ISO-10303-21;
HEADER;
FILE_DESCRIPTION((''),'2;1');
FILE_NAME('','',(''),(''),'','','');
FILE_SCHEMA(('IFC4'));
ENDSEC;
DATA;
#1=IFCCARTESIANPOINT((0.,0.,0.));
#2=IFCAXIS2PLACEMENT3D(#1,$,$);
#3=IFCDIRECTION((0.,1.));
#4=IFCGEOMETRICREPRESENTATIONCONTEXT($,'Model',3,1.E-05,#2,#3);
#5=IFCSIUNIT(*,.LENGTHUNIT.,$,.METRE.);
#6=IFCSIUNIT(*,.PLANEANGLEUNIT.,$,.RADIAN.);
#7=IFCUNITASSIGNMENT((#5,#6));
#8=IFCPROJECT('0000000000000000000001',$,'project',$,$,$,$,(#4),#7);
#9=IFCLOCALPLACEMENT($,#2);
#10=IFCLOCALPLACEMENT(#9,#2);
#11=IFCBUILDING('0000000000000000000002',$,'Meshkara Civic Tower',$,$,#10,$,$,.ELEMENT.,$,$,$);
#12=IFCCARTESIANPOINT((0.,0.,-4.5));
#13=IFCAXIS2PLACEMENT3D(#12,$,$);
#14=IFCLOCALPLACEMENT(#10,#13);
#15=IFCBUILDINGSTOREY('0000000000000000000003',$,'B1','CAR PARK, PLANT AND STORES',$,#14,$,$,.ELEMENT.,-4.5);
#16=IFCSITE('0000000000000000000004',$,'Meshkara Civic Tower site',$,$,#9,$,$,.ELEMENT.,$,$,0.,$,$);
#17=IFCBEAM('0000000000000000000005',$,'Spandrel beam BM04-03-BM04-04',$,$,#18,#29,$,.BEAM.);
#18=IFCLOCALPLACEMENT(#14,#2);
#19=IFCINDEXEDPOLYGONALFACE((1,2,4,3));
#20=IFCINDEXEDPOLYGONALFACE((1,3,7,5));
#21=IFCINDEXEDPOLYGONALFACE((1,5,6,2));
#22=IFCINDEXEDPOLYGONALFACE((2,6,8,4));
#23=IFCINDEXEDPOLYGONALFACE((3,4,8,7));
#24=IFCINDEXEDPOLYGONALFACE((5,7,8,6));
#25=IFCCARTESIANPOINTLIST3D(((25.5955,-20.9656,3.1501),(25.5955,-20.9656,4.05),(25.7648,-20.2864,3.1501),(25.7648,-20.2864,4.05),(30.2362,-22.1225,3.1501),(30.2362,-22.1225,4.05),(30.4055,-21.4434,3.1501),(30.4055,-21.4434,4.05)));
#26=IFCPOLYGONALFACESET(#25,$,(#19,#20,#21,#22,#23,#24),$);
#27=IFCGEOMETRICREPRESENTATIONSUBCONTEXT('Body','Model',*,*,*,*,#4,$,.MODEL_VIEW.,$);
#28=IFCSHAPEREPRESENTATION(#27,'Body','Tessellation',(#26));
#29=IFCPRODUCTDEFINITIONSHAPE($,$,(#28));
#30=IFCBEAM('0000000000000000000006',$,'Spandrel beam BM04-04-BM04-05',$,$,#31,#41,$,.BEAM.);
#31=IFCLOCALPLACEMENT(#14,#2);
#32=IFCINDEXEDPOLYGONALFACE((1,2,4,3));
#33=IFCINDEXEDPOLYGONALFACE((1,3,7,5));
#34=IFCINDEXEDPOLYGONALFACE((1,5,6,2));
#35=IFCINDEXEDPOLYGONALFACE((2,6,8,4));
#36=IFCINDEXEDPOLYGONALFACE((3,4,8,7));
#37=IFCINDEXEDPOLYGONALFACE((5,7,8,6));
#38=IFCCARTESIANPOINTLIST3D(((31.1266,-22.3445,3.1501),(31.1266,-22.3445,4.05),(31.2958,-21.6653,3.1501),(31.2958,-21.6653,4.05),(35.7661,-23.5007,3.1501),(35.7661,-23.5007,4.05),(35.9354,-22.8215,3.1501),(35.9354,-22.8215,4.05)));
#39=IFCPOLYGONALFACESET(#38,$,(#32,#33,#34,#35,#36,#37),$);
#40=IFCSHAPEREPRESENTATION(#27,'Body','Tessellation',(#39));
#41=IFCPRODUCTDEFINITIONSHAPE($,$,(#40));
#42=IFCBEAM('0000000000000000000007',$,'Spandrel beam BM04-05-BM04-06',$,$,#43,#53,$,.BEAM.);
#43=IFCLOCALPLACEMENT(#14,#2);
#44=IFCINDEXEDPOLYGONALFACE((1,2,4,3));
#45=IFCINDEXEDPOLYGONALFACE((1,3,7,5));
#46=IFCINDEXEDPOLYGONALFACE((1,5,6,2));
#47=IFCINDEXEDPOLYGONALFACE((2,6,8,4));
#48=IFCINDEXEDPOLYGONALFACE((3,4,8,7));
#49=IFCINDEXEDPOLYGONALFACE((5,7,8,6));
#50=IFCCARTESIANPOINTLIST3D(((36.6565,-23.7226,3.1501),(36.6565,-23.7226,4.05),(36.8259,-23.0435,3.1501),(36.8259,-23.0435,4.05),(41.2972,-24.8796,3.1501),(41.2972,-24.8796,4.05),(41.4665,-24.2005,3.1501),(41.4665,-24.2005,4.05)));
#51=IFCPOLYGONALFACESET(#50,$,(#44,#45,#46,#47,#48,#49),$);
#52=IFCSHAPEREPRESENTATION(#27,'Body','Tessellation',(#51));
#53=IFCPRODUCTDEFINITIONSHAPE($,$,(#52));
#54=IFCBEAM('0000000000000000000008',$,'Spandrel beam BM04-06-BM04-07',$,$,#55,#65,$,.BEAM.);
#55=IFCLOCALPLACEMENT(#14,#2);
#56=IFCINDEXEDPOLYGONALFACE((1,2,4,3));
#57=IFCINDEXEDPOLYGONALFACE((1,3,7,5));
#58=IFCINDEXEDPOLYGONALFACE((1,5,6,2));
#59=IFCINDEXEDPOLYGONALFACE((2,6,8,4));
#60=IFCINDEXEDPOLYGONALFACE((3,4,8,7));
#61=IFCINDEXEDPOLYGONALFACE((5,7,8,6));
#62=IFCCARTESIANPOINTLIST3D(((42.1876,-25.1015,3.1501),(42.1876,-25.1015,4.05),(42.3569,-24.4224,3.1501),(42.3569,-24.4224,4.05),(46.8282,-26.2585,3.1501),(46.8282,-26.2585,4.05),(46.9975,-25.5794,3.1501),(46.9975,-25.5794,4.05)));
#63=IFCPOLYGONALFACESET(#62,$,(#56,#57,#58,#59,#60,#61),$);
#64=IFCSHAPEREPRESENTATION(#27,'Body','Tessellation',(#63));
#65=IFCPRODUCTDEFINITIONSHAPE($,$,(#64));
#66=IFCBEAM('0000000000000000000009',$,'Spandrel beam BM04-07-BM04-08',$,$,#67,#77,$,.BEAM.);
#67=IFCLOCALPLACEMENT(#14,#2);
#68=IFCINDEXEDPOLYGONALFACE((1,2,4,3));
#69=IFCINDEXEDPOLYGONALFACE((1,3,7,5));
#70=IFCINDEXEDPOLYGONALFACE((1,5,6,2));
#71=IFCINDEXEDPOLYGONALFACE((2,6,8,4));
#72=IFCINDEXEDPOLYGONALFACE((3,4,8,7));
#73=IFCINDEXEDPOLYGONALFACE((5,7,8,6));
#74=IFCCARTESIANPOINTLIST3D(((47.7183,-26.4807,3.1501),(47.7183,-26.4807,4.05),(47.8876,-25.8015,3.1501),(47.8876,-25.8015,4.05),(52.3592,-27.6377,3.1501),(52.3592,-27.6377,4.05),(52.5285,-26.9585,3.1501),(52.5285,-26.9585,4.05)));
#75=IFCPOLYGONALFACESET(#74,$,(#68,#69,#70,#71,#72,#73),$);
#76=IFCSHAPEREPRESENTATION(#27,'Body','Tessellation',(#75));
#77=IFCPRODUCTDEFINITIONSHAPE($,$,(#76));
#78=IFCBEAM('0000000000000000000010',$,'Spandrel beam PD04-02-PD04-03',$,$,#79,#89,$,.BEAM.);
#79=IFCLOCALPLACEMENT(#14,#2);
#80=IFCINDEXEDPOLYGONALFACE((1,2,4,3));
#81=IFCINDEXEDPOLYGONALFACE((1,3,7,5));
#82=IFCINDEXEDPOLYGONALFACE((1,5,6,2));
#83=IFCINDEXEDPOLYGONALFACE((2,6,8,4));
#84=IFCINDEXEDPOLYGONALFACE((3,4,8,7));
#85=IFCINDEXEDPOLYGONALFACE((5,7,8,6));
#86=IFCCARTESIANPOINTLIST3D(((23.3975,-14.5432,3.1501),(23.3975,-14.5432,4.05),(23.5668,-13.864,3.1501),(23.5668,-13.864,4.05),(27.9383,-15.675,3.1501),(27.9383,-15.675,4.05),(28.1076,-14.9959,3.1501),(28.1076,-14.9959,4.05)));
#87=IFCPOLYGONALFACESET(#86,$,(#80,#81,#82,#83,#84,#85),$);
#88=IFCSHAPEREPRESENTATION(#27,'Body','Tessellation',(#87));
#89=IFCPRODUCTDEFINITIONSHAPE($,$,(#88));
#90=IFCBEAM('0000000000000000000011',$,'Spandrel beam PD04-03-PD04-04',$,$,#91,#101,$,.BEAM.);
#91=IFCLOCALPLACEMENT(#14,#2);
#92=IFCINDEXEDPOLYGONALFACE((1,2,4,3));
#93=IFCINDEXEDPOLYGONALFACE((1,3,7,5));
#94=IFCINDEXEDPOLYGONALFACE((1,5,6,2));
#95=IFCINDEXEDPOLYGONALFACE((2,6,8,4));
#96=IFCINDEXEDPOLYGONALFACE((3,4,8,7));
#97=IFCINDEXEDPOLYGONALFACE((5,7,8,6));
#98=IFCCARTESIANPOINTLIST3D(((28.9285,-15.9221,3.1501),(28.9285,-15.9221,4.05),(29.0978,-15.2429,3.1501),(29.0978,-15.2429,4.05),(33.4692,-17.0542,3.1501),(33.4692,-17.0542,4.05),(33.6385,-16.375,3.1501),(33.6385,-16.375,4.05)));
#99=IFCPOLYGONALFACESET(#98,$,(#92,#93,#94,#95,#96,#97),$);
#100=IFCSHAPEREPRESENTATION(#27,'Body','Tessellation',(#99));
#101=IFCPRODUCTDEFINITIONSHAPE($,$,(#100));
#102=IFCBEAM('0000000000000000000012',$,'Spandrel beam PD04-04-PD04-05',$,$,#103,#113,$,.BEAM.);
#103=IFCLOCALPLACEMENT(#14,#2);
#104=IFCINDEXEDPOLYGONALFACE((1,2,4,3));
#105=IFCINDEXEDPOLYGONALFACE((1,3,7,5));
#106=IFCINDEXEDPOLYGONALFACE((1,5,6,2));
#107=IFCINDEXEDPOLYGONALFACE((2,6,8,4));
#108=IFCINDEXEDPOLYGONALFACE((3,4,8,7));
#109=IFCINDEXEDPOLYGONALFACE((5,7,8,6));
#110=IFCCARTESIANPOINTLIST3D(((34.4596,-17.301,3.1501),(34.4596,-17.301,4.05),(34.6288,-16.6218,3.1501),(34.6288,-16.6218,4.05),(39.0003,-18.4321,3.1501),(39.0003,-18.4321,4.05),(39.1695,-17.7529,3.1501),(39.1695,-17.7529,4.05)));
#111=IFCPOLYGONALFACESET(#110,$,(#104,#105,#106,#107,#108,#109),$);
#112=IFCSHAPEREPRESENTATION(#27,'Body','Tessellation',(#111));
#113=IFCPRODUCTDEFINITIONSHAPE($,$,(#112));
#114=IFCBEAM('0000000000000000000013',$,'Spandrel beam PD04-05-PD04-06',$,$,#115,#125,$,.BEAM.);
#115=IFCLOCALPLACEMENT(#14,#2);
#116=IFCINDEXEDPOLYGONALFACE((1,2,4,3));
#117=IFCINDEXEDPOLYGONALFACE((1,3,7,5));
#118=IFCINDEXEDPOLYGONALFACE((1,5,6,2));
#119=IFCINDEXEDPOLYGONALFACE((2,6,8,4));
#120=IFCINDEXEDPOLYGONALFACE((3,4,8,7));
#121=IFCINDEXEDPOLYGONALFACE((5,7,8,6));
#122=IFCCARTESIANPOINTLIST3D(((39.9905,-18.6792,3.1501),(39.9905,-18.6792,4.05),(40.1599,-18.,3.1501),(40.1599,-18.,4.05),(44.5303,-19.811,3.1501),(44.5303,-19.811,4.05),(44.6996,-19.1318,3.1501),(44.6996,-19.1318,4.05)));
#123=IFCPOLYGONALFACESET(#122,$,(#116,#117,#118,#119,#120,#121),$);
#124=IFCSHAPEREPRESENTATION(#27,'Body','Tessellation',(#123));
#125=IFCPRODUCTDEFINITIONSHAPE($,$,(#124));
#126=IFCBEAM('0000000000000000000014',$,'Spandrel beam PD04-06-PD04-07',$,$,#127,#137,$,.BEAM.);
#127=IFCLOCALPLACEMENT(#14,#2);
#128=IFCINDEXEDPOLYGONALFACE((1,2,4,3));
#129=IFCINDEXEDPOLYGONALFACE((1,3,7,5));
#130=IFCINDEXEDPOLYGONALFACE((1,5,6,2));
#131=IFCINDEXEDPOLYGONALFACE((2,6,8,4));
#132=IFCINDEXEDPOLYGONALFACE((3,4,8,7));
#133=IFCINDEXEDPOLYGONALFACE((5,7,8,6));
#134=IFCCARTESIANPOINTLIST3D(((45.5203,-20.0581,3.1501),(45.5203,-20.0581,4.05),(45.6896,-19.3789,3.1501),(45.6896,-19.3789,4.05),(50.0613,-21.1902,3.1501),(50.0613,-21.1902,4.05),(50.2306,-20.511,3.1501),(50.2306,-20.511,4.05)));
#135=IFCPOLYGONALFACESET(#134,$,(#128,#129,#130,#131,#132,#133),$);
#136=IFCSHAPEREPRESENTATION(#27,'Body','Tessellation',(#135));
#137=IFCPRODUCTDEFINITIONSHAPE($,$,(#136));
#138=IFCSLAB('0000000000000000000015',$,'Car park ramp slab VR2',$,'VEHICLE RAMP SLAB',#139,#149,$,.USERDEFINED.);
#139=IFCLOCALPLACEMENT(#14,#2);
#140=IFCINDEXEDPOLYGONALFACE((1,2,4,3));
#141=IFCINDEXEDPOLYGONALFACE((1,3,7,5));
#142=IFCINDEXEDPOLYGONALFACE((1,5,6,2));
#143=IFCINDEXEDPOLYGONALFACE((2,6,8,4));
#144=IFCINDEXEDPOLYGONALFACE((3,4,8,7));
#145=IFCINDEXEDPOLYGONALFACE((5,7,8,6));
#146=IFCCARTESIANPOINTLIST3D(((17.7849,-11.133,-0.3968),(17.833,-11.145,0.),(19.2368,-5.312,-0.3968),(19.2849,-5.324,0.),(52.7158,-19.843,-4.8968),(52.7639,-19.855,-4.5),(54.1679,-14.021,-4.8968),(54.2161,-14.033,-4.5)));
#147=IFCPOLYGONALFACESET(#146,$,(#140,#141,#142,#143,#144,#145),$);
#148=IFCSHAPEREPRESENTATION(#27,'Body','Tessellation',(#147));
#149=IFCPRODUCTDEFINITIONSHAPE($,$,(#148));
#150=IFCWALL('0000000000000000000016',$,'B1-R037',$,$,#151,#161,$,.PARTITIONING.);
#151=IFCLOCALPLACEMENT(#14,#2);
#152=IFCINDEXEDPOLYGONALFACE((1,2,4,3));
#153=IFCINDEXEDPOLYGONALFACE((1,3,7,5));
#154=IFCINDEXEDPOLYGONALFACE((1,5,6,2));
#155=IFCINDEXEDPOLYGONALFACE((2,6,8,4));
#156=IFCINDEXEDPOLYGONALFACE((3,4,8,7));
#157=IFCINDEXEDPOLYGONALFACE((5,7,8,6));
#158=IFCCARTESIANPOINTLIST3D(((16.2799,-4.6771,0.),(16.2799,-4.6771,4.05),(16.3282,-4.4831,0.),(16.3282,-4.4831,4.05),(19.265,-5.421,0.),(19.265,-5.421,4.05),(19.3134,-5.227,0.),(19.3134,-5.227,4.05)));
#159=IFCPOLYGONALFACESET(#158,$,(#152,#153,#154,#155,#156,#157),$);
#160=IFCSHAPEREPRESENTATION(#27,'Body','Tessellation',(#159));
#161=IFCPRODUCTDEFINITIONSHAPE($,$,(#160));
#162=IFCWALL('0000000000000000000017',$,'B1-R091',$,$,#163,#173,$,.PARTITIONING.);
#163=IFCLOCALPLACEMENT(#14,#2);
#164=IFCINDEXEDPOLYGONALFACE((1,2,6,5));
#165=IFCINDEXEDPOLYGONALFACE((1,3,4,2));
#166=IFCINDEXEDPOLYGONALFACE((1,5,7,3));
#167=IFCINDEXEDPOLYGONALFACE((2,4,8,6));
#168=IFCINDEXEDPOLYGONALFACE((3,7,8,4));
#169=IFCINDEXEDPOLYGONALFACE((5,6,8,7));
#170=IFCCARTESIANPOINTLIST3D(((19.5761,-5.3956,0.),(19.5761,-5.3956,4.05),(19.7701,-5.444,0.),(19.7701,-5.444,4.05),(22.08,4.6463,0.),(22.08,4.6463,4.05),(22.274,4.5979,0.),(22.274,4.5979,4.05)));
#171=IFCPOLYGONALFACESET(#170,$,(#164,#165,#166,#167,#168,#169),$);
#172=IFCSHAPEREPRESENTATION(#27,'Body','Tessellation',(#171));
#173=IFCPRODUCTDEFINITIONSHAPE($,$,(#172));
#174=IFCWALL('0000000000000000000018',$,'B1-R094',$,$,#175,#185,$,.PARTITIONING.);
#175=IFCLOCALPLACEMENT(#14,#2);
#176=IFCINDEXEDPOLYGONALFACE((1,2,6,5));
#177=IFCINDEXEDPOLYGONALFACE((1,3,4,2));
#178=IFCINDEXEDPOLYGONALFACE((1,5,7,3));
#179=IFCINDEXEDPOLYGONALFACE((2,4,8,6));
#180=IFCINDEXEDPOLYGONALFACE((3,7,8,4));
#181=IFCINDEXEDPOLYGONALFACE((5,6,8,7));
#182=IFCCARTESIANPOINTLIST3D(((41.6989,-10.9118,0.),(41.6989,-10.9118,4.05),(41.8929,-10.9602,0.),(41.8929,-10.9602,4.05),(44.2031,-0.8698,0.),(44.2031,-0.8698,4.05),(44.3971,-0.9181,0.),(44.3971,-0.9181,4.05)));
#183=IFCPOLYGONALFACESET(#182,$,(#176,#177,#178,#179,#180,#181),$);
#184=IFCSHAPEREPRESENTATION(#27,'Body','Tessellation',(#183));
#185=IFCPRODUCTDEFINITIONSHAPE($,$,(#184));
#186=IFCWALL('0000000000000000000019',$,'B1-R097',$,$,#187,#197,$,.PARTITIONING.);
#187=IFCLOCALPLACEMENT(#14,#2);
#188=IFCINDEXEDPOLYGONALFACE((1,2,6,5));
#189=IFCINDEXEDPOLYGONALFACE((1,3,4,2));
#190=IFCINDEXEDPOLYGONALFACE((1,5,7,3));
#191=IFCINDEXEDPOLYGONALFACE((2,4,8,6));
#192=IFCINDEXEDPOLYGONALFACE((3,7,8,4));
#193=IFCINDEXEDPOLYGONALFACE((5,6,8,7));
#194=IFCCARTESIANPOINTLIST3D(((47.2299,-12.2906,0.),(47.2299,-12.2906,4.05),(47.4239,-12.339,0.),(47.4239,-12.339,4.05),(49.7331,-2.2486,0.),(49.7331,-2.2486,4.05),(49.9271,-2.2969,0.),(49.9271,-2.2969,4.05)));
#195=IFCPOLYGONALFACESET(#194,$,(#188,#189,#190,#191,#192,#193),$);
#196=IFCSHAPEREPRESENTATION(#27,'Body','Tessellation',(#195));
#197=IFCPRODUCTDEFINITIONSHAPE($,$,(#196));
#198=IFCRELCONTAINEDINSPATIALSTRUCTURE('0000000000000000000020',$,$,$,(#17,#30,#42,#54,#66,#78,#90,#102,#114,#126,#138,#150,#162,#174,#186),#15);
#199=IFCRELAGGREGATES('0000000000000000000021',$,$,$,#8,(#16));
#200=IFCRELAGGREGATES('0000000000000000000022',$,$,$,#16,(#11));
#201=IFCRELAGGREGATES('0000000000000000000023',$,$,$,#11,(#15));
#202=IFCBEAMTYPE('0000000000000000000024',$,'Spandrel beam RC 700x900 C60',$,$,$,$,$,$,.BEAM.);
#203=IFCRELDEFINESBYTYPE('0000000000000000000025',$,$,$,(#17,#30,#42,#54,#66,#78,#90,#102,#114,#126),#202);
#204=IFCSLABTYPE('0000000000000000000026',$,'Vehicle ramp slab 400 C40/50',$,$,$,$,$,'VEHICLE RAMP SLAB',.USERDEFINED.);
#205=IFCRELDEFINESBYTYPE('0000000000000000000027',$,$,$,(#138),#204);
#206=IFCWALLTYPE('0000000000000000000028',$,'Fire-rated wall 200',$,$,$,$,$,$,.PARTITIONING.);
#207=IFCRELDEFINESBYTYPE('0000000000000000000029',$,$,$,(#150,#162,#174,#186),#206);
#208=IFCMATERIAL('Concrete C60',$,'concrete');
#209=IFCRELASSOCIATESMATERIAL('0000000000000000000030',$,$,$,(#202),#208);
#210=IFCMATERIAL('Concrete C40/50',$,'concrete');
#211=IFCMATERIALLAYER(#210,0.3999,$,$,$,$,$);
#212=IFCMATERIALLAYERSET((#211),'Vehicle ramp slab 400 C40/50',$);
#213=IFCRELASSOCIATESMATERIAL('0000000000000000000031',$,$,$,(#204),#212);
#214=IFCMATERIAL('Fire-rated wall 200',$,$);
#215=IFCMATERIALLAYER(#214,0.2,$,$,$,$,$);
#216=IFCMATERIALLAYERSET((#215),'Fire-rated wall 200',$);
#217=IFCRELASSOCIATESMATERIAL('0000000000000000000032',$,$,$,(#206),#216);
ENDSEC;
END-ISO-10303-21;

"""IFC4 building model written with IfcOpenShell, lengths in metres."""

from ifc_helpers import new_model, si_unit, direction, frame, frame_2d, origin, origin_2d, place, context, subcontext, project, spatial, polyline, rectangle, outline, extrude, material, layer, layer_set, material_profile, profile_set, type_object, element, save


model = new_model("IFC4")

# Units and contexts
model_context = context("Model", 3, precision=1e-05, world=origin(), true_north=direction((0.0, 1.0)))
body_context = subcontext(model_context, "Body", "Model", "MODEL_VIEW")
ifc_project = project(units=[si_unit("LENGTHUNIT", "METRE"), si_unit("PLANEANGLEUNIT", "RADIAN")], contexts=[model_context])

# Site, building, storey
site_placement = place(None, origin())
site = spatial("IfcSite", under=ifc_project, at=site_placement, Name="Meshkara Civic Tower site", CompositionType="ELEMENT", RefElevation=0.0)
building_placement = place(site_placement, origin())
building = spatial("IfcBuilding", under=site, at=building_placement, Name="Meshkara Civic Tower", CompositionType="ELEMENT")
storey_placement = place(building_placement, frame((0.0, 0.0, -4.5)))
storey = spatial("IfcBuildingStorey", under=building, at=storey_placement, Name="B1", Description="CAR PARK, PLANT AND STORES", CompositionType="ELEMENT", Elevation=-4.5)

# Beams
ifc_material_1 = material(Name="Concrete C60", Category="concrete")
ifc_material_profile_1 = material_profile(ifc_material_1, rectangle(XDim=0.7, YDim=0.8999, at=origin_2d()))
ifc_profile_set_1 = profile_set([ifc_material_profile_1], Name="Concrete C60")
beam_type = type_object("IfcBeamType", Name="Spandrel beam RC 700x900 C60", PredefinedType="BEAM", material=ifc_profile_set_1)
for number, where, z_axis, x_axis, name in (
    (1, (25.6802, -20.626, 3.6001), (0.970298, -0.241911, 0.0), (0.241911, 0.970298, 0.0), "Spandrel beam BM04-03-BM04-04"),
):
    element("IfcBeam", number, at=place(storey_placement, frame(where, z_axis=z_axis, x_axis=x_axis)), inside=storey, type_object=beam_type, Name=name, PredefinedType="BEAM", context=body_context, shape_type="SweptSolid", body=[
        extrude(rectangle(XDim=0.7, YDim=0.8999, at=origin_2d()), origin(), (0.0, 0.0, 1.0), 4.7827),
    ])
beam_1_placement = place(storey_placement, frame((31.2112, -22.0049, 3.6001), z_axis=(0.970322, -0.241815, 0.0), x_axis=(0.241815, 0.970322, 0.0)))
element("IfcBeam", 2, at=beam_1_placement, inside=storey, type_object=beam_type, Name="Spandrel beam BM04-04-BM04-05", PredefinedType="BEAM", context=body_context, shape_type="SweptSolid", body=[
    extrude(rectangle(XDim=0.7, YDim=0.8999, at=origin_2d()), origin(), (0.0, 0.0, 1.0), 4.7815),
])
for number, where, z_axis, x_axis, name in (
    (3, (36.7412, -23.3831, 3.6001), (0.970298, -0.241911, 0.0), (0.241911, 0.970298, 0.0), "Spandrel beam BM04-05-BM04-06"),
    (4, (42.2722, -24.762, 3.6001), (0.970298, -0.241911, 0.0), (0.241911, 0.970298, 0.0), "Spandrel beam BM04-06-BM04-07"),
):
    element("IfcBeam", number, at=place(storey_placement, frame(where, z_axis=z_axis, x_axis=x_axis)), inside=storey, type_object=beam_type, Name=name, PredefinedType="BEAM", context=body_context, shape_type="SweptSolid", body=[
        extrude(rectangle(XDim=0.7, YDim=0.8999, at=origin_2d()), origin(), (0.0, 0.0, 1.0), 4.7827),
    ])
beam_2_placement = place(storey_placement, frame((47.803, -26.1411, 3.6001), z_axis=(0.970301, -0.241899, 0.0), x_axis=(0.241899, 0.970301, 0.0)))
element("IfcBeam", 5, at=beam_2_placement, inside=storey, type_object=beam_type, Name="Spandrel beam BM04-07-BM04-08", PredefinedType="BEAM", context=body_context, shape_type="SweptSolid", body=[
    extrude(rectangle(XDim=0.7, YDim=0.8999, at=origin_2d()), origin(), (0.0, 0.0, 1.0), 4.783),
])
for number, where, z_axis, x_axis, name in (
    (6, (23.4822, -14.2036, 3.6001), (0.970311, -0.24186, 0.0), (0.24186, 0.970311, 0.0), "Spandrel beam PD04-02-PD04-03"),
    (7, (29.0132, -15.5825, 3.6001), (0.970299, -0.24191, 0.0), (0.24191, 0.970299, 0.0), "Spandrel beam PD04-03-PD04-04"),
):
    element("IfcBeam", number, at=place(storey_placement, frame(where, z_axis=z_axis, x_axis=x_axis)), inside=storey, type_object=beam_type, Name=name, PredefinedType="BEAM", context=body_context, shape_type="SweptSolid", body=[
        extrude(rectangle(XDim=0.7, YDim=0.8999, at=origin_2d()), origin(), (0.0, 0.0, 1.0), 4.6797),
    ])
beam_3_placement = place(storey_placement, frame((34.5442, -16.9614, 3.6001), z_axis=(0.970348, -0.241713, 0.0), x_axis=(0.241713, 0.970348, 0.0)))
element("IfcBeam", 8, at=beam_3_placement, inside=storey, type_object=beam_type, Name="Spandrel beam PD04-04-PD04-05", PredefinedType="BEAM", context=body_context, shape_type="SweptSolid", body=[
    extrude(rectangle(XDim=0.7, YDim=0.8999, at=origin_2d()), origin(), (0.0, 0.0, 1.0), 4.6794),
])
beam_4_placement = place(storey_placement, frame((40.0752, -18.3396, 3.6001), z_axis=(0.970299, -0.241909, 0.0), x_axis=(0.241909, 0.970299, 0.0)))
element("IfcBeam", 9, at=beam_4_placement, inside=storey, type_object=beam_type, Name="Spandrel beam PD04-05-PD04-06", PredefinedType="BEAM", context=body_context, shape_type="SweptSolid", body=[
    extrude(rectangle(XDim=0.7, YDim=0.8999, at=origin_2d()), origin(), (0.0, 0.0, 1.0), 4.6787),
])
beam_5_placement = place(storey_placement, frame((45.605, -19.7185, 3.6001), z_axis=(0.970302, -0.241897, 0.0), x_axis=(0.241897, 0.970302, 0.0)))
element("IfcBeam", 10, at=beam_5_placement, inside=storey, type_object=beam_type, Name="Spandrel beam PD04-06-PD04-07", PredefinedType="BEAM", context=body_context, shape_type="SweptSolid", body=[
    extrude(rectangle(XDim=0.7, YDim=0.8999, at=origin_2d()), origin(), (0.0, 0.0, 1.0), 4.6799),
])

# Slab
ifc_material_2 = material(Name="Concrete C40/50", Category="concrete")
ifc_layer_1 = layer(ifc_material_2, 0.3999)
ifc_layer_set_1 = layer_set([ifc_layer_1], Name="Vehicle ramp slab 400 C40/50")
slab_type = type_object("IfcSlabType", Name="Vehicle ramp slab 400 C40/50", ElementType="VEHICLE RAMP SLAB", PredefinedType="USERDEFINED", material=ifc_layer_set_1)
slab_placement = place(storey_placement, frame((19.2849, -5.324, 0.0), z_axis=(0.120346, -0.030017, 0.992278), x_axis=(-0.242009, -0.970274, 0.0)))
element("IfcSlab", 11, at=slab_placement, inside=storey, type_object=slab_type, Name="Car park ramp slab VR2", ObjectType="VEHICLE RAMP SLAB", PredefinedType="USERDEFINED", context=body_context, shape_type="SweptSolid", body=[
    extrude(outline(polyline([(0.0, 0.0), (5.9994, 0.0), (5.9968, 36.2806), (-0.0036, 36.2806), (0.0, 0.0)])), origin(), (0.0, 0.0, -1.0), 0.3999),
])

# Walls
ifc_material_3 = material(Name="Fire-rated wall 200")
ifc_layer_2 = layer(ifc_material_3, 0.2)
ifc_layer_set_2 = layer_set([ifc_layer_2], Name="Fire-rated wall 200")
wall_type_1 = type_object("IfcWallType", Name="Fire-rated wall 200", PredefinedType="PARTITIONING", material=ifc_layer_set_2)
wall_1_placement = place(storey_placement, frame((19.2891, -5.324, 0.0), z_axis=(0.0, 0.0, 1.0), x_axis=(-0.970324, 0.241807, 0.0)))
element("IfcWall", 12, at=wall_1_placement, inside=storey, type_object=wall_type_1, Name="B1-R037", PredefinedType="PARTITIONING", context=body_context, shape_type="SweptSolid", body=[
    extrude(rectangle(XDim=3.0764, YDim=0.2, at=frame_2d((1.5381, 0.0))), origin(), (0.0, 0.0, 1.0), 4.05),
])
wall_2_placement = place(storey_placement, frame((19.6731, -5.4199, 0.0), z_axis=(0.0, 0.0, 1.0), x_axis=(0.241936, 0.970292, 0.0)))
element("IfcWall", 13, at=wall_2_placement, inside=storey, type_object=wall_type_1, Name="B1-R091", PredefinedType="PARTITIONING", context=body_context, shape_type="SweptSolid", body=[
    extrude(rectangle(XDim=10.3494, YDim=0.2, at=frame_2d((5.1748, 0.0))), origin(), (0.0, 0.0, 1.0), 4.05),
])
wall_3_placement = place(storey_placement, frame((41.7959, -10.936, 0.0), z_axis=(0.0, 0.0, 1.0), x_axis=(0.241958, 0.970287, 0.0)))
element("IfcWall", 14, at=wall_3_placement, inside=storey, type_object=wall_type_1, Name="B1-R094", PredefinedType="PARTITIONING", context=body_context, shape_type="SweptSolid", body=[
    extrude(rectangle(XDim=10.3496, YDim=0.2, at=frame_2d((5.1748, 0.0))), origin(), (0.0, 0.0, 1.0), 4.05),
])
wall_4_placement = place(storey_placement, frame((47.3269, -12.3149, 0.0), z_axis=(0.0, 0.0, 1.0), x_axis=(0.241869, 0.970309, 0.0)))
element("IfcWall", 15, at=wall_4_placement, inside=storey, type_object=wall_type_1, Name="B1-R097", PredefinedType="PARTITIONING", context=body_context, shape_type="SweptSolid", body=[
    extrude(rectangle(XDim=10.3494, YDim=0.2, at=frame_2d((5.1748, 0.0))), origin(), (0.0, 0.0, 1.0), 4.05),
])

save(model, "model.ifc")
